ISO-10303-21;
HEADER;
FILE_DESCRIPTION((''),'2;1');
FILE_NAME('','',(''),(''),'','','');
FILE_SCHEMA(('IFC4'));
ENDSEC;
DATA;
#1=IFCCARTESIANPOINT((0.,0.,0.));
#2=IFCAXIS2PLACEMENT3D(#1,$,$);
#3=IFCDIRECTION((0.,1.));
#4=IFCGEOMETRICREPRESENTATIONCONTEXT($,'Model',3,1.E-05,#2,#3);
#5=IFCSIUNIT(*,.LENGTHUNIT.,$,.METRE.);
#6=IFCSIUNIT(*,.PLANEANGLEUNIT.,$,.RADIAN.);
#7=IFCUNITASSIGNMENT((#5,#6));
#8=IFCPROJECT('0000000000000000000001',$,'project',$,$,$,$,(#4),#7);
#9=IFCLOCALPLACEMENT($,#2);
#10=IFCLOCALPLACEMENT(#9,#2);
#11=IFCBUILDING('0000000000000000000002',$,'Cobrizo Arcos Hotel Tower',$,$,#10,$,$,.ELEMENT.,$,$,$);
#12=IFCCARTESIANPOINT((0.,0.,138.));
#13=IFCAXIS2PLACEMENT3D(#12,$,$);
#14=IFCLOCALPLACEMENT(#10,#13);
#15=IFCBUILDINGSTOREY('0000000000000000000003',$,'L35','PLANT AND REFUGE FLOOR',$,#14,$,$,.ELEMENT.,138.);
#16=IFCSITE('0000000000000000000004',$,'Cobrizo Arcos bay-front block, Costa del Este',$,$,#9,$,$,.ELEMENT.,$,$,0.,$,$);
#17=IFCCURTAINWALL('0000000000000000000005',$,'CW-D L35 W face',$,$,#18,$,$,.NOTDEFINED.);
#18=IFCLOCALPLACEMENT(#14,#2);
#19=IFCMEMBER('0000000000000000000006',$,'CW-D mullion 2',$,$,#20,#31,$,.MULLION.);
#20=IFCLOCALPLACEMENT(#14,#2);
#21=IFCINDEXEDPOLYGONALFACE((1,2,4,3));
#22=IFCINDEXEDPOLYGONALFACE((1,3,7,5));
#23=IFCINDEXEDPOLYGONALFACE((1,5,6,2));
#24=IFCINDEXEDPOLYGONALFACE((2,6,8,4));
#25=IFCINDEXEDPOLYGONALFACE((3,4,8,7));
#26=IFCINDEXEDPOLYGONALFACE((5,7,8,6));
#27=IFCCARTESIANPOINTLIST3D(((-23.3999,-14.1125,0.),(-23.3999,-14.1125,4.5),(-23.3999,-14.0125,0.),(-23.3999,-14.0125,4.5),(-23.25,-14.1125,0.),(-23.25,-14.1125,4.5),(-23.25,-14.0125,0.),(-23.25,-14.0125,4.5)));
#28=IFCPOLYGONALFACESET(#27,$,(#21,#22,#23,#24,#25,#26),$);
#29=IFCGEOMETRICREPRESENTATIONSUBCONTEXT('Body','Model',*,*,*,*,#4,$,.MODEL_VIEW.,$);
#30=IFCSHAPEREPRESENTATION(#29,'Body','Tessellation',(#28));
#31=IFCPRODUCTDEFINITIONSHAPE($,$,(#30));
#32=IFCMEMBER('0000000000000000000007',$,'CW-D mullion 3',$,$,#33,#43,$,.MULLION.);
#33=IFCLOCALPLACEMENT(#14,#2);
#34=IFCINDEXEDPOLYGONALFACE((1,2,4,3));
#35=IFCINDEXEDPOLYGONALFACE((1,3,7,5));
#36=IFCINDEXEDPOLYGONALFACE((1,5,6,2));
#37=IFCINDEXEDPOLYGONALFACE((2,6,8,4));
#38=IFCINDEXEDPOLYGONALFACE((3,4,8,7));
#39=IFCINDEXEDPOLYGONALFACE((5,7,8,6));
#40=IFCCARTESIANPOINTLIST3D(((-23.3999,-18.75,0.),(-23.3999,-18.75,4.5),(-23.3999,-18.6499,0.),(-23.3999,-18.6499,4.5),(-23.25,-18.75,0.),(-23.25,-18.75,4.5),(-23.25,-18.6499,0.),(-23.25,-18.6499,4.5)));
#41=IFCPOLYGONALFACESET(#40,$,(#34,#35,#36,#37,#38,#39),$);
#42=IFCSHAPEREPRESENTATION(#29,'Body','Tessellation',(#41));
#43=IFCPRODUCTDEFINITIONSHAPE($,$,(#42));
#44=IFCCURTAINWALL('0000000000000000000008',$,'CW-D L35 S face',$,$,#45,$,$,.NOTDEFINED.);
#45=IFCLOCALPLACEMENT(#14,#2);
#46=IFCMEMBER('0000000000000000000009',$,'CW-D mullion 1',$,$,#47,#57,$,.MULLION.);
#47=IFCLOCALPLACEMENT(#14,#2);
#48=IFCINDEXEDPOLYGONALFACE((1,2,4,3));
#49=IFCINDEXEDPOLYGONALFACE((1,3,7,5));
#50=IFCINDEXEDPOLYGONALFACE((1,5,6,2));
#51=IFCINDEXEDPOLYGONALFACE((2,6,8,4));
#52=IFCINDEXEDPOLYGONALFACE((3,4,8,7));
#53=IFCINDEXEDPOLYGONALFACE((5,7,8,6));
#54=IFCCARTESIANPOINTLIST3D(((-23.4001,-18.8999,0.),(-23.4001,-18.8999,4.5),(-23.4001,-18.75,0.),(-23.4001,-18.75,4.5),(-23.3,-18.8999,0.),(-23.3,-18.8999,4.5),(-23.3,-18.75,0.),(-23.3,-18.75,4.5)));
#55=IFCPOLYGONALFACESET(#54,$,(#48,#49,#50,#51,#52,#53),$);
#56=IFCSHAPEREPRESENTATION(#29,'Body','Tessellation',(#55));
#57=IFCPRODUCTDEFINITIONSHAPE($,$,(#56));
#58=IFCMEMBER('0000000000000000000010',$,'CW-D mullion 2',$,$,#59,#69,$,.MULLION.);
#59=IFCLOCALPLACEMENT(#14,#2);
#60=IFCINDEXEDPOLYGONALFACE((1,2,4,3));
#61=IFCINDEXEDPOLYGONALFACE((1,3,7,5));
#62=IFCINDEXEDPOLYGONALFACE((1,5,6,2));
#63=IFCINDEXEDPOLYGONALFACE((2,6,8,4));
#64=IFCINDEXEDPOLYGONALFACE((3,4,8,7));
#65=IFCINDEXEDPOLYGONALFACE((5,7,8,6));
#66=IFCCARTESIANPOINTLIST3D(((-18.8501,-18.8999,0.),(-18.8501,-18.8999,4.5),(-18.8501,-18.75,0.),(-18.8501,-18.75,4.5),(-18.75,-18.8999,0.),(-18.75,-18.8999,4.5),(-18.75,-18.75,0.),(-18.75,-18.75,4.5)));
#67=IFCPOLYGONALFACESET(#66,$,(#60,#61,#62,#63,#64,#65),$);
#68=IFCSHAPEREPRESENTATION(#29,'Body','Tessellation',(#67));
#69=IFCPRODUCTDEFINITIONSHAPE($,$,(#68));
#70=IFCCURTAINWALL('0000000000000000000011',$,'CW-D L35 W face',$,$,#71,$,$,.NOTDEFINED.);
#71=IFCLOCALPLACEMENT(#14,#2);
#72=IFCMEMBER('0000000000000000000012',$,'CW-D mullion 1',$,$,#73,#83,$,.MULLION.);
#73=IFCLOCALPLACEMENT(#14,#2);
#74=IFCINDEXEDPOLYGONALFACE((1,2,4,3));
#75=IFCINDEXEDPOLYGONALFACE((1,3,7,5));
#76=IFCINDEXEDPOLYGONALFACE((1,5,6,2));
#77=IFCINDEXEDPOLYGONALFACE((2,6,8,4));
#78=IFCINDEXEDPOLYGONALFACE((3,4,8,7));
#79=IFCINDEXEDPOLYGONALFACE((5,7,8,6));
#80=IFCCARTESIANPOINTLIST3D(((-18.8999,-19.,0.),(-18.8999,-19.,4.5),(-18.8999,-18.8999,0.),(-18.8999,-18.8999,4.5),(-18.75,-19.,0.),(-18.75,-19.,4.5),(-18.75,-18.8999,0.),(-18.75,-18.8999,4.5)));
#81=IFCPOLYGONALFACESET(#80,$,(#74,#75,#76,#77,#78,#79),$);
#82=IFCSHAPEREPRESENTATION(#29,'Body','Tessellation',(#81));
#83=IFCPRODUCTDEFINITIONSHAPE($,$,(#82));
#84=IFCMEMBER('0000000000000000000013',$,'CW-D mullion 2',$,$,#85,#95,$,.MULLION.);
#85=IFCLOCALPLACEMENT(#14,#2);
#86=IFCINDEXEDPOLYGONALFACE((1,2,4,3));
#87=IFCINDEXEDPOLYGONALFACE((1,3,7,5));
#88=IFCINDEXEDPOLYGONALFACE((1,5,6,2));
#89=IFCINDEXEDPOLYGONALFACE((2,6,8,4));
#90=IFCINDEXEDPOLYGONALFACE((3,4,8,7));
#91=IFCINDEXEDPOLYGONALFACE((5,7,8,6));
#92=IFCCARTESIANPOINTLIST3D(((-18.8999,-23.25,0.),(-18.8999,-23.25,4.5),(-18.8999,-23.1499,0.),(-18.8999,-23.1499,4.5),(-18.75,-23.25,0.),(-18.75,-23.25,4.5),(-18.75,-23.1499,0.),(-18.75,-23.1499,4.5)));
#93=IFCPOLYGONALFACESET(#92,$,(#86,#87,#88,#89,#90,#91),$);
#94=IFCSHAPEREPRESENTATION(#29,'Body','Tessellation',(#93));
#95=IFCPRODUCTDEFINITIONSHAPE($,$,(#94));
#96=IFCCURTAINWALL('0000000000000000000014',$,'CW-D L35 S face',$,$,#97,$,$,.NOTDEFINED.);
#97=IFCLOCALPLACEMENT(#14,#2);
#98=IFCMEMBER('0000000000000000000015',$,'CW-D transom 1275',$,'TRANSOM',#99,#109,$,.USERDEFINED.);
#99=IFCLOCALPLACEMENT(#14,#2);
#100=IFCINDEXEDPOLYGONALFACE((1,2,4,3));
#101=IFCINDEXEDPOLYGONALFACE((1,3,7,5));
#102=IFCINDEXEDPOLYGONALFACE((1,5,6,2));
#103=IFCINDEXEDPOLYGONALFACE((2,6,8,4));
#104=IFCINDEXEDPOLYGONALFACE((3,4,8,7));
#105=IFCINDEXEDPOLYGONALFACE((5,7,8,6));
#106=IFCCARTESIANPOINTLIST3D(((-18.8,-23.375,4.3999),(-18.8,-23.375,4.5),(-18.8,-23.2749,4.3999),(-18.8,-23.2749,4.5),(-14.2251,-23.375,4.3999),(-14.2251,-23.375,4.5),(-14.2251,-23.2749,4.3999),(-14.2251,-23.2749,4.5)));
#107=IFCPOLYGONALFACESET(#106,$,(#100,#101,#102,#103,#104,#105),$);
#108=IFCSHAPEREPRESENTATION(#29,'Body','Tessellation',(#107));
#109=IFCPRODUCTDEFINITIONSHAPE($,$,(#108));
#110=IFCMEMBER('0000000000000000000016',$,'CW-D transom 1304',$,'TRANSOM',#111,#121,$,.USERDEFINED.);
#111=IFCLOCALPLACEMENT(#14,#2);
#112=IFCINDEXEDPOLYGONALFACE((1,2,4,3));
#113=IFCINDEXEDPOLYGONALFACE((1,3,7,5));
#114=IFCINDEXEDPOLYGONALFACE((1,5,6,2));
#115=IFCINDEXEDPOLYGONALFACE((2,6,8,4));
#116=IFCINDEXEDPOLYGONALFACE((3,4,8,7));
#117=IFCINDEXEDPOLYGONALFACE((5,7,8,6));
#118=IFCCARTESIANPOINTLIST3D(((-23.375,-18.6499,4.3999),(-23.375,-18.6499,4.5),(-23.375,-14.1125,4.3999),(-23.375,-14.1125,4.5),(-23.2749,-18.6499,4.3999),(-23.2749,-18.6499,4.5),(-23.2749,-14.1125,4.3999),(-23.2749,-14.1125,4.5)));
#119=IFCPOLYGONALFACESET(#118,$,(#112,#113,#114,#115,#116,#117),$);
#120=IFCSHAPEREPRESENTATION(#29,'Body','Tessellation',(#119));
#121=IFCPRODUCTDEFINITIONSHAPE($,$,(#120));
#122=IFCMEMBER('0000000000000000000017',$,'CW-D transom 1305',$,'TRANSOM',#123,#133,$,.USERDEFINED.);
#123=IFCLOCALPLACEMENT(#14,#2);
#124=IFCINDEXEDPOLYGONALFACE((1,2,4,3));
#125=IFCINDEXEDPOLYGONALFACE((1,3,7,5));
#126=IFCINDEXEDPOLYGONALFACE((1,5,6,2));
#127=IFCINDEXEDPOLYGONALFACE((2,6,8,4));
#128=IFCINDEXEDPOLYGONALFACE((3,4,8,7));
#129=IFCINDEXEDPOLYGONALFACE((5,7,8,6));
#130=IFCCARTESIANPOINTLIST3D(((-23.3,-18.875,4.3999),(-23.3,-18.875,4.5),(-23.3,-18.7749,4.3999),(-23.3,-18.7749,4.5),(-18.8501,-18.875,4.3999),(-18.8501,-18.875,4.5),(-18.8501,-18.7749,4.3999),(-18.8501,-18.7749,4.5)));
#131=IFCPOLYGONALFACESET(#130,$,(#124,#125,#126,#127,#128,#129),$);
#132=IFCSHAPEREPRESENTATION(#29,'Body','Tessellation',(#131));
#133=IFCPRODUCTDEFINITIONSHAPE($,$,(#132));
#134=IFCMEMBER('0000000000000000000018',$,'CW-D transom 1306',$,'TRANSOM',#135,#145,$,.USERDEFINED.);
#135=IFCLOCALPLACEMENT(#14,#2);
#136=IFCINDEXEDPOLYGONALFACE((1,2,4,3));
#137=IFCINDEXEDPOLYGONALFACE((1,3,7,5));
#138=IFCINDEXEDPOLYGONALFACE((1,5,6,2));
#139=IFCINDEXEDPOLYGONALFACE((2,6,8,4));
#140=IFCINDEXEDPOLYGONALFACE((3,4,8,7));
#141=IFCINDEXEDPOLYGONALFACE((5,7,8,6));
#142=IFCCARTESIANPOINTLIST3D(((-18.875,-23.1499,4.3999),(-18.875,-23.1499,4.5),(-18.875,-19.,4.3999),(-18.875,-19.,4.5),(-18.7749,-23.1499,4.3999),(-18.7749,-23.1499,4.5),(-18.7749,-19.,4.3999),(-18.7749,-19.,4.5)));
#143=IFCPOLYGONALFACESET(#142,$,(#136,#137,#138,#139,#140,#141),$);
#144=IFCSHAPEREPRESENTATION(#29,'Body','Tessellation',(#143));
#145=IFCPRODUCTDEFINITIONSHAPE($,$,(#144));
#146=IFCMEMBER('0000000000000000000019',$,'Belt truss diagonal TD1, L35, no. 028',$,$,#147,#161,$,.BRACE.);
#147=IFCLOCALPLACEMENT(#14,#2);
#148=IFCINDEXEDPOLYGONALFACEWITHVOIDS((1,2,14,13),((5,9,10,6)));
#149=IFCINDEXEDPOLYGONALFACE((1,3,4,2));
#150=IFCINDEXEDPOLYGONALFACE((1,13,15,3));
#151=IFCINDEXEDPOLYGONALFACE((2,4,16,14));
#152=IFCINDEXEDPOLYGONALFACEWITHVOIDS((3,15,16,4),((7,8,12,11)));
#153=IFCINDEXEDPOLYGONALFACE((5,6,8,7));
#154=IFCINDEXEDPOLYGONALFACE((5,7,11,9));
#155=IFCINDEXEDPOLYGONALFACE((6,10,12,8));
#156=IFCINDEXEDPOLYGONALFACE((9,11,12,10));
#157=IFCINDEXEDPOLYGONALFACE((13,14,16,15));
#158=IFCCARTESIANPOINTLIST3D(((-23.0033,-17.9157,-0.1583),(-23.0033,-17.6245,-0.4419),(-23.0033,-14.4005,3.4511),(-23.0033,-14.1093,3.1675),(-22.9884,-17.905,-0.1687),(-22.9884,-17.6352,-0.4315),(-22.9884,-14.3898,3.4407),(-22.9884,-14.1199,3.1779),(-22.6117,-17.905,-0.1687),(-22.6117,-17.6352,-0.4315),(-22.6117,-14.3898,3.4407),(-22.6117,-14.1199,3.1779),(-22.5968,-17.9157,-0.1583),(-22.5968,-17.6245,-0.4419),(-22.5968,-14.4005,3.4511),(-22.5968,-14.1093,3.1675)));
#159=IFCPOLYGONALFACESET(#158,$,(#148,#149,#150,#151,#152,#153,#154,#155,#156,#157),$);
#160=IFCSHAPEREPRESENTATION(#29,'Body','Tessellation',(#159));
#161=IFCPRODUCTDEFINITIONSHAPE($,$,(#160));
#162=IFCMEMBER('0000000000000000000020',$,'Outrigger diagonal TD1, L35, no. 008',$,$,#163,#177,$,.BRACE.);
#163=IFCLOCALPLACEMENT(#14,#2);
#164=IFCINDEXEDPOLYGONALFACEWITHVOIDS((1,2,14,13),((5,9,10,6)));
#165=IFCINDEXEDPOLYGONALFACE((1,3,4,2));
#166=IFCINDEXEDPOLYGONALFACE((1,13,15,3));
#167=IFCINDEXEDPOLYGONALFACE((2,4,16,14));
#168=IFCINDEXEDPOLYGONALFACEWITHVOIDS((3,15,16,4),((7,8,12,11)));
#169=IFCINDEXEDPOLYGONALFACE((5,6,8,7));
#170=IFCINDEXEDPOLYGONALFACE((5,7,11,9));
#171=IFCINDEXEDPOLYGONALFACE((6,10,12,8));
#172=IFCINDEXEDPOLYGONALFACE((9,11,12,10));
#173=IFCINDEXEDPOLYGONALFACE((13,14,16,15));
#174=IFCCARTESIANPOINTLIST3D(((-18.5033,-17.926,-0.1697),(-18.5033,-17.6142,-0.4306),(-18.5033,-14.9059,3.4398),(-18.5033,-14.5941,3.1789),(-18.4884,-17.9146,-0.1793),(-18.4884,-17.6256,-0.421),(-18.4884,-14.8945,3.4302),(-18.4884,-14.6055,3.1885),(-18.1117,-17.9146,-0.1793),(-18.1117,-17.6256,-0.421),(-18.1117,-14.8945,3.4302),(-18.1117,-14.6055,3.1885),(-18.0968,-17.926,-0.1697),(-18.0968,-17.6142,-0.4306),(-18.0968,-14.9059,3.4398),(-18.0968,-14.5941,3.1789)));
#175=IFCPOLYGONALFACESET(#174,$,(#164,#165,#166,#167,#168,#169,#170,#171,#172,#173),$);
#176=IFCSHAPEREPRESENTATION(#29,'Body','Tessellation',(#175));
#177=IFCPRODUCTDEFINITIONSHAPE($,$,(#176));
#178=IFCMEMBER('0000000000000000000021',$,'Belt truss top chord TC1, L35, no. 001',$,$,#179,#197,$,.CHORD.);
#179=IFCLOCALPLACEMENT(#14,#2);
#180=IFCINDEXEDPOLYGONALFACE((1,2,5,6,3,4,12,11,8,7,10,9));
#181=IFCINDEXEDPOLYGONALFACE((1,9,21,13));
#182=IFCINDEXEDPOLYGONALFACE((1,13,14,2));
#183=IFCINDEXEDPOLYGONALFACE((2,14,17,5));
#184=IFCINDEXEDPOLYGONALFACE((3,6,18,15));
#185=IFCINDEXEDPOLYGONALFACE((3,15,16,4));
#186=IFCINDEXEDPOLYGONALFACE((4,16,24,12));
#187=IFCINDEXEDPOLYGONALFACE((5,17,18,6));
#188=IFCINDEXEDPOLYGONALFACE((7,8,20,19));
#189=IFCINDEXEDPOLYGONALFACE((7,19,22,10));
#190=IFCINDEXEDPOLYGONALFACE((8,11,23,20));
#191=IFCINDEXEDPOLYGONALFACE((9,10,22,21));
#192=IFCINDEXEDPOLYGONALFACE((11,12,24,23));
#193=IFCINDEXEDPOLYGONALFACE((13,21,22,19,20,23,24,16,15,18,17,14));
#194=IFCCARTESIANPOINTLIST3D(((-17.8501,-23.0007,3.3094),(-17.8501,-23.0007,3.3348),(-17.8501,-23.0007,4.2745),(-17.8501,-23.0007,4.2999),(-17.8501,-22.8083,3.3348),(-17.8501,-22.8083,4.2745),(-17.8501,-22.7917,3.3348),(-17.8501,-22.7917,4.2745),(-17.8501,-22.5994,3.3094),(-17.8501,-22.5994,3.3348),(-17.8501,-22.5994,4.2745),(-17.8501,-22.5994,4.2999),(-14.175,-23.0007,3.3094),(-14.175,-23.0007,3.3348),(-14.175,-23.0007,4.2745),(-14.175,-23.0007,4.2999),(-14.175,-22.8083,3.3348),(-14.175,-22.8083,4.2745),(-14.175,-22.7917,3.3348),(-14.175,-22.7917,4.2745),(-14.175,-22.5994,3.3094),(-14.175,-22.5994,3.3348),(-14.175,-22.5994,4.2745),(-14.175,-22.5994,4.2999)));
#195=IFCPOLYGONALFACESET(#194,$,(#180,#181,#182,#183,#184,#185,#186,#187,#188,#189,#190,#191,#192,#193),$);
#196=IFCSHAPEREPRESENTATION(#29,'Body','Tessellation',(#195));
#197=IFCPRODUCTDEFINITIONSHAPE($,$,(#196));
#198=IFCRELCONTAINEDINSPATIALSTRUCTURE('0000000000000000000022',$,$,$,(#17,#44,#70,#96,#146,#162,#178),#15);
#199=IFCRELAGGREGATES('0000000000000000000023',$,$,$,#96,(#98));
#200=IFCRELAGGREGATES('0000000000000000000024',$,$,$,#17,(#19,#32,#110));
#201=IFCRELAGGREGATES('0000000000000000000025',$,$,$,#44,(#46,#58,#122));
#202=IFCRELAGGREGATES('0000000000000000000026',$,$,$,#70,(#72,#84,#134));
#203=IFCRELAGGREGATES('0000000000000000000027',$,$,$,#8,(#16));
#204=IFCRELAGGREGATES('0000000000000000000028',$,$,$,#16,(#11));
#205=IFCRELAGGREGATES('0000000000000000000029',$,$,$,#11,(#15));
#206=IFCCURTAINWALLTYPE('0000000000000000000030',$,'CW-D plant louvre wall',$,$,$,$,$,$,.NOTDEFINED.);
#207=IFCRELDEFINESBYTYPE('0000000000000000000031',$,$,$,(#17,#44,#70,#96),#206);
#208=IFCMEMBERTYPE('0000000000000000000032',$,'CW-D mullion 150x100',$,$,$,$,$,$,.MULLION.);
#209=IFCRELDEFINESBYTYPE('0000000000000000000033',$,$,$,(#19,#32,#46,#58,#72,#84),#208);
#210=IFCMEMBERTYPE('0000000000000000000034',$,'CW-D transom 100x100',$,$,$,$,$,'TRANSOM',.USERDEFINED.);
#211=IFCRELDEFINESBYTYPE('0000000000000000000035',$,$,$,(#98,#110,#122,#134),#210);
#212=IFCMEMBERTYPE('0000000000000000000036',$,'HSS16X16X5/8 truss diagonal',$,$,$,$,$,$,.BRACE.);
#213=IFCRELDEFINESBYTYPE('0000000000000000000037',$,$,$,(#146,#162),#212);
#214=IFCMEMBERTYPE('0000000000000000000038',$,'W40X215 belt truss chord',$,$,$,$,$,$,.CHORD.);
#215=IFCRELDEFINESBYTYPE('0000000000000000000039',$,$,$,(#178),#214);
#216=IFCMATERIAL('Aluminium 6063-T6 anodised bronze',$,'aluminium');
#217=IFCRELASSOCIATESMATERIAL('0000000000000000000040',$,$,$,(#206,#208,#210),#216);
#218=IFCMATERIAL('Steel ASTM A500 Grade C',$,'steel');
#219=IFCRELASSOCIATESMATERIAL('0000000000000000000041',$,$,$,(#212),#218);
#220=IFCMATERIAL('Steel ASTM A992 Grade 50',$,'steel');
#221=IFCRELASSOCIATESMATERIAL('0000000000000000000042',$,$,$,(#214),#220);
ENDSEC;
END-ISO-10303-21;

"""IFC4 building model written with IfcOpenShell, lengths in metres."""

from ifc_helpers import new_model, si_unit, direction, frame, origin, origin_2d, place, context, subcontext, project, spatial, rectangle, hollow_rectangle, i_section, extrude, material, material_profile, profile_set, type_object, element, aggregate, save


model = new_model("IFC4")

# Units and contexts
model_context = context("Model", 3, precision=1e-05, world=origin(), true_north=direction((0.0, 1.0)))
body_context = subcontext(model_context, "Body", "Model", "MODEL_VIEW")
ifc_project = project(units=[si_unit("LENGTHUNIT", "METRE"), si_unit("PLANEANGLEUNIT", "RADIAN")], contexts=[model_context])

# Site, building, storey
site_placement = place(None, origin())
site = spatial("IfcSite", under=ifc_project, at=site_placement, Name="Cobrizo Arcos bay-front block, Costa del Este", CompositionType="ELEMENT", RefElevation=0.0)
building_placement = place(site_placement, origin())
building = spatial("IfcBuilding", under=site, at=building_placement, Name="Cobrizo Arcos Hotel Tower", CompositionType="ELEMENT")
storey_placement = place(building_placement, frame((0.0, 0.0, 138.0)))
storey = spatial("IfcBuildingStorey", under=building, at=storey_placement, Name="L35", Description="PLANT AND REFUGE FLOOR", CompositionType="ELEMENT", Elevation=138.0)

# Curtain walls, members
ifc_material_1 = material(Name="Aluminium 6063-T6 anodised bronze", Category="aluminium")
curtain_wall_type = type_object("IfcCurtainWallType", Name="CW-D plant louvre wall", PredefinedType="NOTDEFINED", material=ifc_material_1)
curtain_wall_1_placement = place(storey_placement, origin())
curtain_wall_1 = element("IfcCurtainWall", 1, at=curtain_wall_1_placement, inside=storey, type_object=curtain_wall_type, Name="CW-D L35 W face", PredefinedType="NOTDEFINED")
ifc_material_profile_1 = material_profile(ifc_material_1, rectangle(XDim=0.1499, YDim=0.1001, at=origin_2d()), Name="CW-D mullion 150x100")
ifc_profile_set_1 = profile_set([ifc_material_profile_1], Name="Aluminium 6063-T6 anodised bronze")
member_type_1 = type_object("IfcMemberType", Name="CW-D mullion 150x100", PredefinedType="MULLION", material=ifc_profile_set_1)
member_1_placement = place(storey_placement, frame((-23.325, -14.0625, 0.0), z_axis=(0.0, 0.0, 1.0), x_axis=(-1.0, 0.0, 0.0)))
member_1 = element("IfcMember", 2, at=member_1_placement, type_object=member_type_1, Name="CW-D mullion 2", PredefinedType="MULLION", context=body_context, shape_type="SweptSolid", body=[
    extrude(rectangle(XDim=0.1499, YDim=0.1001, at=origin_2d()), origin(), (0.0, 0.0, 1.0), 4.5),
])
member_2_placement = place(storey_placement, frame((-23.325, -18.7, 0.0), z_axis=(0.0, 0.0, 1.0), x_axis=(-1.0, 0.0, 0.0)))
member_2 = element("IfcMember", 3, at=member_2_placement, type_object=member_type_1, Name="CW-D mullion 3", PredefinedType="MULLION", context=body_context, shape_type="SweptSolid", body=[
    extrude(rectangle(XDim=0.1499, YDim=0.1001, at=origin_2d()), origin(), (0.0, 0.0, 1.0), 4.5),
])
curtain_wall_2_placement = place(storey_placement, origin())
curtain_wall_2 = element("IfcCurtainWall", 4, at=curtain_wall_2_placement, inside=storey, type_object=curtain_wall_type, Name="CW-D L35 S face", PredefinedType="NOTDEFINED")
member_3_placement = place(storey_placement, frame((-23.3501, -18.825, 0.0), z_axis=(0.0, 0.0, 1.0), x_axis=(0.0, -1.0, 0.0)))
member_3 = element("IfcMember", 5, at=member_3_placement, type_object=member_type_1, Name="CW-D mullion 1", PredefinedType="MULLION", context=body_context, shape_type="SweptSolid", body=[
    extrude(rectangle(XDim=0.1499, YDim=0.1001, at=origin_2d()), origin(), (0.0, 0.0, 1.0), 4.5),
])
member_4_placement = place(storey_placement, frame((-18.8, -18.825, 0.0), z_axis=(0.0, 0.0, 1.0), x_axis=(0.0, -1.0, 0.0)))
member_4 = element("IfcMember", 6, at=member_4_placement, type_object=member_type_1, Name="CW-D mullion 2", PredefinedType="MULLION", context=body_context, shape_type="SweptSolid", body=[
    extrude(rectangle(XDim=0.1499, YDim=0.1001, at=origin_2d()), origin(), (0.0, 0.0, 1.0), 4.5),
])
curtain_wall_3_placement = place(storey_placement, origin())
curtain_wall_3 = element("IfcCurtainWall", 7, at=curtain_wall_3_placement, inside=storey, type_object=curtain_wall_type, Name="CW-D L35 W face", PredefinedType="NOTDEFINED")
member_5_placement = place(storey_placement, frame((-18.825, -18.95, 0.0), z_axis=(0.0, 0.0, 1.0), x_axis=(-1.0, 0.0, 0.0)))
member_5 = element("IfcMember", 8, at=member_5_placement, type_object=member_type_1, Name="CW-D mullion 1", PredefinedType="MULLION", context=body_context, shape_type="SweptSolid", body=[
    extrude(rectangle(XDim=0.1499, YDim=0.1001, at=origin_2d()), origin(), (0.0, 0.0, 1.0), 4.5),
])
member_6_placement = place(storey_placement, frame((-18.825, -23.2, 0.0), z_axis=(0.0, 0.0, 1.0), x_axis=(-1.0, 0.0, 0.0)))
member_6 = element("IfcMember", 9, at=member_6_placement, type_object=member_type_1, Name="CW-D mullion 2", PredefinedType="MULLION", context=body_context, shape_type="SweptSolid", body=[
    extrude(rectangle(XDim=0.1499, YDim=0.1001, at=origin_2d()), origin(), (0.0, 0.0, 1.0), 4.5),
])

# Curtain wall, member
curtain_wall_4_placement = place(storey_placement, origin())
curtain_wall_4 = element("IfcCurtainWall", 10, at=curtain_wall_4_placement, inside=storey, type_object=curtain_wall_type, Name="CW-D L35 S face", PredefinedType="NOTDEFINED")
ifc_material_profile_2 = material_profile(ifc_material_1, rectangle(XDim=0.1001, YDim=0.1001, at=origin_2d()), Name="CW-D transom 100x100")
ifc_profile_set_2 = profile_set([ifc_material_profile_2], Name="Aluminium 6063-T6 anodised bronze")
member_type_2 = type_object("IfcMemberType", Name="CW-D transom 100x100", ElementType="TRANSOM", PredefinedType="USERDEFINED", material=ifc_profile_set_2)
member_7_placement = place(storey_placement, frame((-18.8, -23.325, 4.45), z_axis=(1.0, 0.0, 0.0), x_axis=(0.0, 1.0, 0.0)))
member_7 = element("IfcMember", 11, at=member_7_placement, type_object=member_type_2, Name="CW-D transom 1275", ObjectType="TRANSOM", PredefinedType="USERDEFINED", context=body_context, shape_type="SweptSolid", body=[
    extrude(rectangle(XDim=0.1001, YDim=0.1001, at=origin_2d()), origin(), (0.0, 0.0, 1.0), 4.575),
])
aggregate(curtain_wall_4, [member_7])

# Members
member_8_placement = place(storey_placement, frame((-23.325, -14.1125, 4.45), z_axis=(0.0, -1.0, 0.0), x_axis=(1.0, 0.0, 0.0)))
member_8 = element("IfcMember", 12, at=member_8_placement, type_object=member_type_2, Name="CW-D transom 1304", ObjectType="TRANSOM", PredefinedType="USERDEFINED", context=body_context, shape_type="SweptSolid", body=[
    extrude(rectangle(XDim=0.1001, YDim=0.1001, at=origin_2d()), origin(), (0.0, 0.0, 1.0), 4.5374),
])
member_9_placement = place(storey_placement, frame((-23.3, -18.825, 4.45), z_axis=(1.0, 0.0, 0.0), x_axis=(0.0, 1.0, 0.0)))
member_9 = element("IfcMember", 13, at=member_9_placement, type_object=member_type_2, Name="CW-D transom 1305", ObjectType="TRANSOM", PredefinedType="USERDEFINED", context=body_context, shape_type="SweptSolid", body=[
    extrude(rectangle(XDim=0.1001, YDim=0.1001, at=origin_2d()), origin(), (0.0, 0.0, 1.0), 4.45),
])
member_10_placement = place(storey_placement, frame((-18.825, -19.0, 4.45), z_axis=(0.0, -1.0, 0.0), x_axis=(1.0, 0.0, 0.0)))
member_10 = element("IfcMember", 14, at=member_10_placement, type_object=member_type_2, Name="CW-D transom 1306", ObjectType="TRANSOM", PredefinedType="USERDEFINED", context=body_context, shape_type="SweptSolid", body=[
    extrude(rectangle(XDim=0.1001, YDim=0.1001, at=origin_2d()), origin(), (0.0, 0.0, 1.0), 4.1499),
])

# Members
ifc_material_2 = material(Name="Steel ASTM A500 Grade C", Category="steel")
ifc_material_profile_3 = material_profile(ifc_material_2, hollow_rectangle(XDim=0.4065, YDim=0.4065, WallThickness=0.0149, at=origin_2d()), Name="HSS16X16X5/8")
ifc_profile_set_3 = profile_set([ifc_material_profile_3], Name="Steel ASTM A500 Grade C")
member_type_3 = type_object("IfcMemberType", Name="HSS16X16X5/8 truss diagonal", PredefinedType="BRACE", material=ifc_profile_set_3)
member_11_placement = place(storey_placement, frame((-22.8, -14.2549, 3.3093), z_axis=(0.0, -0.697693, -0.716397), x_axis=(1.0, 0.0, 0.0)))
element("IfcMember", 15, at=member_11_placement, inside=storey, type_object=member_type_3, Name="Belt truss diagonal TD1, L35, no. 028", PredefinedType="BRACE", context=body_context, shape_type="SweptSolid", body=[
    extrude(hollow_rectangle(XDim=0.4065, YDim=0.4065, WallThickness=0.0149, at=origin_2d()), origin(), (0.0, 0.0, 1.0), 5.0383),
])
member_12_placement = place(storey_placement, frame((-18.3, -14.75, 3.3093), z_axis=(0.0, -0.641714, -0.766944), x_axis=(1.0, 0.0, 0.0)))
element("IfcMember", 16, at=member_12_placement, inside=storey, type_object=member_type_3, Name="Outrigger diagonal TD1, L35, no. 008", PredefinedType="BRACE", context=body_context, shape_type="SweptSolid", body=[
    extrude(hollow_rectangle(XDim=0.4065, YDim=0.4065, WallThickness=0.0149, at=origin_2d()), origin(), (0.0, 0.0, 1.0), 4.7063),
])
ifc_material_3 = material(Name="Steel ASTM A992 Grade 50", Category="steel")
ifc_material_profile_4 = material_profile(ifc_material_3, i_section(OverallWidth=0.4014, OverallDepth=0.9905, WebThickness=0.0166, FlangeThickness=0.0254, at=origin_2d()), Name="W40X215")
ifc_profile_set_4 = profile_set([ifc_material_profile_4], Name="Steel ASTM A992 Grade 50")
member_type_4 = type_object("IfcMemberType", Name="W40X215 belt truss chord", PredefinedType="CHORD", material=ifc_profile_set_4)
for number, where, z_axis, x_axis, name in (
    (17, (-17.8501, -22.8, 3.8047), (1.0, 0.0, 0.0), (0.0, 1.0, 0.0), "Belt truss top chord TC1, L35, no. 001"),
):
    element("IfcMember", number, at=place(storey_placement, frame(where, z_axis=z_axis, x_axis=x_axis)), inside=storey, type_object=member_type_4, Name=name, PredefinedType="CHORD", context=body_context, shape_type="SweptSolid", body=[
        extrude(i_section(OverallWidth=0.4014, OverallDepth=0.9905, WebThickness=0.0166, FlangeThickness=0.0254, at=origin_2d()), origin(), (0.0, 0.0, 1.0), 3.675),
    ])

aggregate(curtain_wall_1, [member_1, member_2, member_8])
aggregate(curtain_wall_2, [member_3, member_4, member_9])
aggregate(curtain_wall_3, [member_5, member_6, member_10])

save(model, "model.ifc")
